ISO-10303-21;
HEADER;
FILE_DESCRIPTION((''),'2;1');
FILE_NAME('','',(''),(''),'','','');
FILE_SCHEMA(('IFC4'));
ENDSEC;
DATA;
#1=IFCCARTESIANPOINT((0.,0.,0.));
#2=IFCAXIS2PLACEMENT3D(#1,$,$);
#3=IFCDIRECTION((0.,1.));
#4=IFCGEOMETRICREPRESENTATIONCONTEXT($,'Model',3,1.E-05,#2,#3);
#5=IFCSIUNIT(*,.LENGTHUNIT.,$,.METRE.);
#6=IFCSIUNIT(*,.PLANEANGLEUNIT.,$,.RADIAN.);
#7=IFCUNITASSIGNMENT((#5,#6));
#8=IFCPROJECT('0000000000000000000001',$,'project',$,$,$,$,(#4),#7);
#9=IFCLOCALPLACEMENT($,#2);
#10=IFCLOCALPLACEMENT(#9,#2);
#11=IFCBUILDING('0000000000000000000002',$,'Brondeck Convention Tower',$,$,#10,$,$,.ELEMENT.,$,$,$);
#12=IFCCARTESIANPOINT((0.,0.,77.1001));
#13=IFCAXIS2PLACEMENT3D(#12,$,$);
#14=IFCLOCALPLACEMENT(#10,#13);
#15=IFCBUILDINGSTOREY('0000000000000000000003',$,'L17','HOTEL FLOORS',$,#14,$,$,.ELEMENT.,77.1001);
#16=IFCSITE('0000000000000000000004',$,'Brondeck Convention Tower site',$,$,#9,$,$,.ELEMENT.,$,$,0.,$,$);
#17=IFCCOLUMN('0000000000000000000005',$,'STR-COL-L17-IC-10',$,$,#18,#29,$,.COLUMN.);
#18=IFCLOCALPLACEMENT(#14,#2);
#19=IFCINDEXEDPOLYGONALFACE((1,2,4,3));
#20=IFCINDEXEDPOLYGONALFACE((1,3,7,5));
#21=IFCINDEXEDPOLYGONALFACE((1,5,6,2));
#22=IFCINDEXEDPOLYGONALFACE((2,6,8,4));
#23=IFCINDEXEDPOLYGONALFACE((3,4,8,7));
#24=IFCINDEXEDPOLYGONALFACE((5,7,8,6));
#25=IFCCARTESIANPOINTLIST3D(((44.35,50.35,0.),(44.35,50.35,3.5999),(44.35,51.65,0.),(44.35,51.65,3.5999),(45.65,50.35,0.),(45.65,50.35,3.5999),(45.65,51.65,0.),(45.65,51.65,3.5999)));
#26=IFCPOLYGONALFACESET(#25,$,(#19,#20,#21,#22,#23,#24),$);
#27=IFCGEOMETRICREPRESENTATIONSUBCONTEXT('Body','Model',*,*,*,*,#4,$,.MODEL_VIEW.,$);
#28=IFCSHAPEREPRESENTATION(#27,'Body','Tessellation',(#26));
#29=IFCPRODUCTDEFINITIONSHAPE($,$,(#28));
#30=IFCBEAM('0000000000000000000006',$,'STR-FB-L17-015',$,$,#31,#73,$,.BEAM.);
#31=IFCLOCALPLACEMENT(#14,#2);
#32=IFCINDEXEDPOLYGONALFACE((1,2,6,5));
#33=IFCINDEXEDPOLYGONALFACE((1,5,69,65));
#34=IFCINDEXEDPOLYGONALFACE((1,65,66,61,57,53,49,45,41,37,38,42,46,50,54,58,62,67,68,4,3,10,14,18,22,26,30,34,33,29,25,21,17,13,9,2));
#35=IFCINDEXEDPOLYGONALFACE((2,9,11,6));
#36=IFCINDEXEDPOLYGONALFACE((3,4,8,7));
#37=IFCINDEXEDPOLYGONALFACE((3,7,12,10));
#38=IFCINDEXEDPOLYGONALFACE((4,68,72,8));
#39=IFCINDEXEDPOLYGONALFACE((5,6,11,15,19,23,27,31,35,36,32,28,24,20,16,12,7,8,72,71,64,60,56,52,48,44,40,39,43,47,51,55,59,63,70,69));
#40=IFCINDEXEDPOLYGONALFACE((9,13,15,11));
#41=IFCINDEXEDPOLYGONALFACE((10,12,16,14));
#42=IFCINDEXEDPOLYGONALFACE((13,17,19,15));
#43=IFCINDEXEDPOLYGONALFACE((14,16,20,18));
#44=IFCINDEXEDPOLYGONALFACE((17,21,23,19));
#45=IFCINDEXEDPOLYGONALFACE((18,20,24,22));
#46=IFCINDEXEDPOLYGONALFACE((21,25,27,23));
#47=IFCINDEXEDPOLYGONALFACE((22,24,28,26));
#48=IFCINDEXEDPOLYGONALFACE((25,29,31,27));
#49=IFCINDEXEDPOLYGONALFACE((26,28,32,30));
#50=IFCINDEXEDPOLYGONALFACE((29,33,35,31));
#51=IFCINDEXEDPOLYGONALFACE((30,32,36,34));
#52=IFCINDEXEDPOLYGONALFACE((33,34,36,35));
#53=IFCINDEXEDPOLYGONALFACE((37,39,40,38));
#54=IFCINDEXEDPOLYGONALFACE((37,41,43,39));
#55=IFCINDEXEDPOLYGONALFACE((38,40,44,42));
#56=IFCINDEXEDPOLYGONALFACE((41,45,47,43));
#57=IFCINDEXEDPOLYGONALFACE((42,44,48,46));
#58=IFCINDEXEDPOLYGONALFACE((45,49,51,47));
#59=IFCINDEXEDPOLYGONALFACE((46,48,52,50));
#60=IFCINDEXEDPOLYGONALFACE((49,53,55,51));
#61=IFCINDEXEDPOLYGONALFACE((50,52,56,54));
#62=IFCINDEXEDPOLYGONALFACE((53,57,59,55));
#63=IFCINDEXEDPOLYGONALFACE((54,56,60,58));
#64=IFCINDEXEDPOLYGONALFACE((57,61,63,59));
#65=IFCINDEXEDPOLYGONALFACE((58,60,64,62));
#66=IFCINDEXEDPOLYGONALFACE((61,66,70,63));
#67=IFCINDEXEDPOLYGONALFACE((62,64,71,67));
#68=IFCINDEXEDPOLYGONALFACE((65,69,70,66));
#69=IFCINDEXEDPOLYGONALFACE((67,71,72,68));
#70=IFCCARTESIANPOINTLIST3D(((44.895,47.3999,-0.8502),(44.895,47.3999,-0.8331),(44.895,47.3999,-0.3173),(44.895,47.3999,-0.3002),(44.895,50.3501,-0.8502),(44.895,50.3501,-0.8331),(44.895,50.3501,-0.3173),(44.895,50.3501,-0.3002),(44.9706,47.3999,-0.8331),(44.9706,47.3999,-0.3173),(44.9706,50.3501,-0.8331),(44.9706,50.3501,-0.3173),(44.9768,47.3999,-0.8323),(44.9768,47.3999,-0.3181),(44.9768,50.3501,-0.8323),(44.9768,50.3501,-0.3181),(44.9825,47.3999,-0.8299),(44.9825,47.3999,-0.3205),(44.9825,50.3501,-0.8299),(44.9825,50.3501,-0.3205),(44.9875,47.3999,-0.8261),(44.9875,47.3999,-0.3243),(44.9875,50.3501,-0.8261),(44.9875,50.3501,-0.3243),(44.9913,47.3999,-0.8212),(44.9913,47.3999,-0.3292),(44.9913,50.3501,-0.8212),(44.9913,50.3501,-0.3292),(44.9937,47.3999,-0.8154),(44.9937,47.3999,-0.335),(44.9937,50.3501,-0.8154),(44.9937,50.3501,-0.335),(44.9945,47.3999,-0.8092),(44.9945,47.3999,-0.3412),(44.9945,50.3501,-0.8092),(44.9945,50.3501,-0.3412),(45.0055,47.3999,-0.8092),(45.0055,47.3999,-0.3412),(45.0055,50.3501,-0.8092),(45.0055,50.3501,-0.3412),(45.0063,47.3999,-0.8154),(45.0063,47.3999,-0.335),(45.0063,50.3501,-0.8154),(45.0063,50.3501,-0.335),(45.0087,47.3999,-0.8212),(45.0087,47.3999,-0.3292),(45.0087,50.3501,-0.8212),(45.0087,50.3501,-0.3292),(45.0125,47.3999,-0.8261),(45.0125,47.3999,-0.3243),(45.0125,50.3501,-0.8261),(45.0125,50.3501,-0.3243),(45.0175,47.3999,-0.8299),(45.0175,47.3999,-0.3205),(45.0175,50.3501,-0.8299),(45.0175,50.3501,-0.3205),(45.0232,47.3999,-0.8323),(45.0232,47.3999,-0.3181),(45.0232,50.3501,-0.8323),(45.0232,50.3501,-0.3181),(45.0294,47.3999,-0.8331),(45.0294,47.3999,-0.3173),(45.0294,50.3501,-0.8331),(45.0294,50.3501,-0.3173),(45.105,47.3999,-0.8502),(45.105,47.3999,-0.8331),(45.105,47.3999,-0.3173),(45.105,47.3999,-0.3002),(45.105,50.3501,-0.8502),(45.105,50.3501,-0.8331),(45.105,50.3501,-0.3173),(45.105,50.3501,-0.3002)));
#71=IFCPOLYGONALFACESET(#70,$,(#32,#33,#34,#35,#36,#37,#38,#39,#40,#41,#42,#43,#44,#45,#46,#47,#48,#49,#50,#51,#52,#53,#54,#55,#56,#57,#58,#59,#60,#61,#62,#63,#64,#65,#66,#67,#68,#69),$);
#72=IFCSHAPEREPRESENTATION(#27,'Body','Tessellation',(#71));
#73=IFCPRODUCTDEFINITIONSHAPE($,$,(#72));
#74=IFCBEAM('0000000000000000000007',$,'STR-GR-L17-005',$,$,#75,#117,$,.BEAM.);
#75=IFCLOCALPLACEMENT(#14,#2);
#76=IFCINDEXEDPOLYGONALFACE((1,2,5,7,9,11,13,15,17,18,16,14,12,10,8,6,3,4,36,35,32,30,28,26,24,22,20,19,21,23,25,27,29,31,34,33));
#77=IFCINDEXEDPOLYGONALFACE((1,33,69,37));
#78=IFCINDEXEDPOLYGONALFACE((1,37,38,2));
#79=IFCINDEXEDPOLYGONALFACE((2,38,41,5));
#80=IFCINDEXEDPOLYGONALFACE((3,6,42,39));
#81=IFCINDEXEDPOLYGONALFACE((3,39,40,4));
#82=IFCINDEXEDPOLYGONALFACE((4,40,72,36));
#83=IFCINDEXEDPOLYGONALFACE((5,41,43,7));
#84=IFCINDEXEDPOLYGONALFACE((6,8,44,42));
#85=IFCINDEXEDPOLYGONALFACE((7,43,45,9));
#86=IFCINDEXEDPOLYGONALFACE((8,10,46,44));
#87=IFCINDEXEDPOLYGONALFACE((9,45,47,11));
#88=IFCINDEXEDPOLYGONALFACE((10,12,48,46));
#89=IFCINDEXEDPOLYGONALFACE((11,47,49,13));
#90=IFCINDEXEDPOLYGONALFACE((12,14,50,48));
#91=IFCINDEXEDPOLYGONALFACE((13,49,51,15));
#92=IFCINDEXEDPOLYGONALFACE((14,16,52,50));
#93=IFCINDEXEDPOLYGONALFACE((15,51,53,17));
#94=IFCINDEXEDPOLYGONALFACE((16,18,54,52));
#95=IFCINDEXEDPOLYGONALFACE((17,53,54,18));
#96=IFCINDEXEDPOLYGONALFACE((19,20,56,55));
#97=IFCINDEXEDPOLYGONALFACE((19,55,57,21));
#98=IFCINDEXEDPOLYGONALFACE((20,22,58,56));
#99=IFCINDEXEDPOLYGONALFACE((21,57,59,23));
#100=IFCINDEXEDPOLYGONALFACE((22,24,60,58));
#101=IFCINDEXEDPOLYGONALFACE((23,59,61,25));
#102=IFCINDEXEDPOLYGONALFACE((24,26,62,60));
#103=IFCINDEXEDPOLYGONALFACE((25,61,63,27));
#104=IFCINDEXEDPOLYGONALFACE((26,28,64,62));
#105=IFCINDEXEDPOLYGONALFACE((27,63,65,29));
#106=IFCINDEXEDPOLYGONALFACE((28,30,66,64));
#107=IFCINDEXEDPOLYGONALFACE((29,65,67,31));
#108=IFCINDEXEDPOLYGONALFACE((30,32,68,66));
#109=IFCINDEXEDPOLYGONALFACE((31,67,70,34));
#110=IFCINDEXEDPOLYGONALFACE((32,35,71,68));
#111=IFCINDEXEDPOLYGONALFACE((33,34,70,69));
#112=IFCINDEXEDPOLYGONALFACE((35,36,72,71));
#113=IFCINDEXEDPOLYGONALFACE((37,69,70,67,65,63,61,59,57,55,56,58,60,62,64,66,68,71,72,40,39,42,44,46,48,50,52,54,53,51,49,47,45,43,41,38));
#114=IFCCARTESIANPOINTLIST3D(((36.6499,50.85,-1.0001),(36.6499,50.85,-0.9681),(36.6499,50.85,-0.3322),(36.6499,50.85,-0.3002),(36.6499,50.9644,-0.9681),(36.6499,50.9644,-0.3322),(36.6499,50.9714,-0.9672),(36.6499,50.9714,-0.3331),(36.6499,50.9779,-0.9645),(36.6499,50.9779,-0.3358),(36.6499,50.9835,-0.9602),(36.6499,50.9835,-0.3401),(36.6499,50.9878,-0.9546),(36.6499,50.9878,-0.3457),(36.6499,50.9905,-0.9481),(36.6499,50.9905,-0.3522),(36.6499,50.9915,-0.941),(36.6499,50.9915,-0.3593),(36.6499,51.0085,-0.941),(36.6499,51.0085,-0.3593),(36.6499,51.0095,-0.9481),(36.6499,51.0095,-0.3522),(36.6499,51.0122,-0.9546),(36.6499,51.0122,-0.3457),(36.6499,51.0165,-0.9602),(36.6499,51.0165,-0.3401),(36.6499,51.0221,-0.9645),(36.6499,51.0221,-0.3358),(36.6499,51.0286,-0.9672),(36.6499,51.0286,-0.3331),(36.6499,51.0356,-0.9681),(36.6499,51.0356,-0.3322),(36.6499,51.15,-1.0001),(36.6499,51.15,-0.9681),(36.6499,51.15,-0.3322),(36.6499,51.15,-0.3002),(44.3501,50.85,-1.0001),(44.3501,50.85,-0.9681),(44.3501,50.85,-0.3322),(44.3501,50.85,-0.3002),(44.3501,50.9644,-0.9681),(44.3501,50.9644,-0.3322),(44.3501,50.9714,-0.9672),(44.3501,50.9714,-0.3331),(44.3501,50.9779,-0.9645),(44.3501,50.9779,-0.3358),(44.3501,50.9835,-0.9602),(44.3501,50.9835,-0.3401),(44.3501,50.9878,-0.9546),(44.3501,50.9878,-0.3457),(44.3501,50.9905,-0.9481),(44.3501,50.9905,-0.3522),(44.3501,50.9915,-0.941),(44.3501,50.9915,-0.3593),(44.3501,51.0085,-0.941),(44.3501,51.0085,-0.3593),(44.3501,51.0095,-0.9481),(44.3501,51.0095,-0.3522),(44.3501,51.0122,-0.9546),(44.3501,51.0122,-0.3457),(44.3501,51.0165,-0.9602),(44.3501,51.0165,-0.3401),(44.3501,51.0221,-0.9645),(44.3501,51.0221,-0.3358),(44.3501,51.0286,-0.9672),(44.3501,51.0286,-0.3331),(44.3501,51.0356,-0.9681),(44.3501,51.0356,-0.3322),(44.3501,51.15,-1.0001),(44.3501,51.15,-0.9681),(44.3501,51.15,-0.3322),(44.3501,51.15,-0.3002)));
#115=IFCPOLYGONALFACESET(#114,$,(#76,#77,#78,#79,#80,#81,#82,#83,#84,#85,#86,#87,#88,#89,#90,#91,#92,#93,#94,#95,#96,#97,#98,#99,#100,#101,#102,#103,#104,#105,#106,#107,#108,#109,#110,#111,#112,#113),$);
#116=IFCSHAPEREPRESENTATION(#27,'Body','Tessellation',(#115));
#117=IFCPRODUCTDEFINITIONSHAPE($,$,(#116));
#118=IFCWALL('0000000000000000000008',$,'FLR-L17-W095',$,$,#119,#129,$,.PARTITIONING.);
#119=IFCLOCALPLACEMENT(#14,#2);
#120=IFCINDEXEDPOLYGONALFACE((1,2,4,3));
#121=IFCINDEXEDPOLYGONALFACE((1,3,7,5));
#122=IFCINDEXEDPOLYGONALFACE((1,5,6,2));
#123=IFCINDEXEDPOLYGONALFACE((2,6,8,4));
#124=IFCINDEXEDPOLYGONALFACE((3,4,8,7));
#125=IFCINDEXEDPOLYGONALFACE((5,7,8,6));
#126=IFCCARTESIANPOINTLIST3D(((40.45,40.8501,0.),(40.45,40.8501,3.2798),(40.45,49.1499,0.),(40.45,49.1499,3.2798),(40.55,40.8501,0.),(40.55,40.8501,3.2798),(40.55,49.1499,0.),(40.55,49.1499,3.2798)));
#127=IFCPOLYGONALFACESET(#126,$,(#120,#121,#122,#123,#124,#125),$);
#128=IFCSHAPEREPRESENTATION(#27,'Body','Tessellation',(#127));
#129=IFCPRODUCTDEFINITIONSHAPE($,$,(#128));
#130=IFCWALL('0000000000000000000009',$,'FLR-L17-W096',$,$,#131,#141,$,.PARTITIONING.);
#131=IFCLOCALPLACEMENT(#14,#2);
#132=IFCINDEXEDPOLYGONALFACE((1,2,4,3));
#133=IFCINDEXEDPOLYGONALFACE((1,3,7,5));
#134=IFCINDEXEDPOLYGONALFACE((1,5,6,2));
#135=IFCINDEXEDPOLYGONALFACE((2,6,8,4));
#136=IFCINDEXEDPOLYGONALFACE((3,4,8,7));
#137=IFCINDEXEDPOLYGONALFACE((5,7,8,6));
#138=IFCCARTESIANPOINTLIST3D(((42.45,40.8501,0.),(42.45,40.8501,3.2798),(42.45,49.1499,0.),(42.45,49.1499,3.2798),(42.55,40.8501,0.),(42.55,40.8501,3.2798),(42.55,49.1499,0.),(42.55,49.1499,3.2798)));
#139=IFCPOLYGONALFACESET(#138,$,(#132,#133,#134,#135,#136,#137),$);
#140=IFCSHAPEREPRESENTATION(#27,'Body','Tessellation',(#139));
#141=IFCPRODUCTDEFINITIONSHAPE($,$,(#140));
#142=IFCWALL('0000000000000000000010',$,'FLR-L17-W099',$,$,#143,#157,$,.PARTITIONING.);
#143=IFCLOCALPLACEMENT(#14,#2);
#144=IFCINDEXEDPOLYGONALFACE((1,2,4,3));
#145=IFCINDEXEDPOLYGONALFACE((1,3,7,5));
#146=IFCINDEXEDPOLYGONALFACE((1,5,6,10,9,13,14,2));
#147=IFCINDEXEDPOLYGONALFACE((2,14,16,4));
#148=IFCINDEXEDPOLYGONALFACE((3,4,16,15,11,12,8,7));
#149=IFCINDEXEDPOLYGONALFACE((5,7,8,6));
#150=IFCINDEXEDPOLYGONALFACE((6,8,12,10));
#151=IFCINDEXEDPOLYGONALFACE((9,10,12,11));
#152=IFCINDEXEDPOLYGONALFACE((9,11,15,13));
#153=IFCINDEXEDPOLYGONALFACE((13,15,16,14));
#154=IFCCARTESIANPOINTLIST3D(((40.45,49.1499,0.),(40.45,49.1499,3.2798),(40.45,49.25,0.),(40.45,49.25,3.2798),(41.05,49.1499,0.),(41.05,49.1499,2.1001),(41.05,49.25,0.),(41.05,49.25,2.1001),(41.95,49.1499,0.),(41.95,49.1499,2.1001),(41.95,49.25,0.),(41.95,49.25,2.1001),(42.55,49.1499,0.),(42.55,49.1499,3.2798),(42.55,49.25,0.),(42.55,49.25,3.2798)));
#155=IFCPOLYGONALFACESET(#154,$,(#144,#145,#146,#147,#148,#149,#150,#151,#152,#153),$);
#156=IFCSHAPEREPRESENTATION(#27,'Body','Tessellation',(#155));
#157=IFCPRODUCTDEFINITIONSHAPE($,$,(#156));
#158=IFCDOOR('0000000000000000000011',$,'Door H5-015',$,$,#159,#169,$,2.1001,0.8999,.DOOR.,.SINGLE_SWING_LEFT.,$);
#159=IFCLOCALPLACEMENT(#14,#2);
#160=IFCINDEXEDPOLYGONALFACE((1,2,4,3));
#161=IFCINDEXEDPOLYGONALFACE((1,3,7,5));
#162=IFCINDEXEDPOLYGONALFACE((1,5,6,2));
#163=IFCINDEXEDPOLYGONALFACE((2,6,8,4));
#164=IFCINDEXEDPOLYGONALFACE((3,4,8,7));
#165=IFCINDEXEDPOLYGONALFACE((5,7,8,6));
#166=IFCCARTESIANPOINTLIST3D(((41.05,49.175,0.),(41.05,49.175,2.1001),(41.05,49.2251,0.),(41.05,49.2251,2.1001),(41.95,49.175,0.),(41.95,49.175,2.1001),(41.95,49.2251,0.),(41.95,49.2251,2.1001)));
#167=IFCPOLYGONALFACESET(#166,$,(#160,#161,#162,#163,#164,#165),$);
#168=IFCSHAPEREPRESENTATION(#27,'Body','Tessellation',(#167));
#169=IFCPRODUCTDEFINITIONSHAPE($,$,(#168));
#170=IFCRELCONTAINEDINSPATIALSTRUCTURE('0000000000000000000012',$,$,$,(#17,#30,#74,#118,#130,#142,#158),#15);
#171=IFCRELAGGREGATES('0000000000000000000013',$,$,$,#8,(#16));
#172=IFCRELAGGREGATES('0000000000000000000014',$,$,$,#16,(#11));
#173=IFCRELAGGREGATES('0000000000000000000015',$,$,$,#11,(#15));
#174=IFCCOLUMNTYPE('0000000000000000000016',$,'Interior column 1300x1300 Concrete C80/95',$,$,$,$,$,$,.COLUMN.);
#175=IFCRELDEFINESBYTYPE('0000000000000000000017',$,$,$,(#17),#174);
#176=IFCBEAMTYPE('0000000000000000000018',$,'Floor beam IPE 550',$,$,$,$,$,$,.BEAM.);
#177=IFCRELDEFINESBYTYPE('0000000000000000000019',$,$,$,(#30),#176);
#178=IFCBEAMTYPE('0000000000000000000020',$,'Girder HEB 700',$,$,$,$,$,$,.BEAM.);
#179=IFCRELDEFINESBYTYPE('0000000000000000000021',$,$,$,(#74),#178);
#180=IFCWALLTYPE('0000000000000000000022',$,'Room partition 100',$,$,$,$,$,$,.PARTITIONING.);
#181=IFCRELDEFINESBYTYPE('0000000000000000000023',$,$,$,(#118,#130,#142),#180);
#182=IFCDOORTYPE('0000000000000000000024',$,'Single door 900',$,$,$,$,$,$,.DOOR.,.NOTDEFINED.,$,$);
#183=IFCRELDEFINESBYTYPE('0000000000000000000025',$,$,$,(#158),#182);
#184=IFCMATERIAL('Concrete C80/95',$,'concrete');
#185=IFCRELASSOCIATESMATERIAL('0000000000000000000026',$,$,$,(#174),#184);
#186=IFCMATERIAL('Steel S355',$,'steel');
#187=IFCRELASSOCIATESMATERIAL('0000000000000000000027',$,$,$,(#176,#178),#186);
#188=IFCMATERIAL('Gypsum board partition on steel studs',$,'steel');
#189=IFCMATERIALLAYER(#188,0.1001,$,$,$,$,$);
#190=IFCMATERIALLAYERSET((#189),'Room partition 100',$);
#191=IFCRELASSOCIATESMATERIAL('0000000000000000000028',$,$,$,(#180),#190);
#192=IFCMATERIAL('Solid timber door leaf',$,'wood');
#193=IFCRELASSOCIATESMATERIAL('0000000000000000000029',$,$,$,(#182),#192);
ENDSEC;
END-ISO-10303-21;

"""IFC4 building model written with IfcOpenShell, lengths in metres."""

from ifc_helpers import new_model, si_unit, direction, frame, frame_2d, origin, origin_2d, place, context, subcontext, project, spatial, rectangle, i_section, extrude, material, layer, layer_set, material_profile, profile_set, type_object, element, fill, save


model = new_model("IFC4")

# Units and contexts
model_context = context("Model", 3, precision=1e-05, world=origin(), true_north=direction((0.0, 1.0)))
body_context = subcontext(model_context, "Body", "Model", "MODEL_VIEW")
ifc_project = project(units=[si_unit("LENGTHUNIT", "METRE"), si_unit("PLANEANGLEUNIT", "RADIAN")], contexts=[model_context])

# Site, building, storey
site_placement = place(None, origin())
site = spatial("IfcSite", under=ifc_project, at=site_placement, Name="Brondeck Convention Tower site", CompositionType="ELEMENT", RefElevation=0.0)
building_placement = place(site_placement, origin())
building = spatial("IfcBuilding", under=site, at=building_placement, Name="Brondeck Convention Tower", CompositionType="ELEMENT")
storey_placement = place(building_placement, frame((0.0, 0.0, 77.1001)))
storey = spatial("IfcBuildingStorey", under=building, at=storey_placement, Name="L17", Description="HOTEL FLOORS", CompositionType="ELEMENT", Elevation=77.1001)

# Column
ifc_material_1 = material(Name="Concrete C80/95", Category="concrete")
ifc_material_profile_1 = material_profile(ifc_material_1, rectangle(XDim=1.3, YDim=1.3, at=origin_2d()), Name="Interior column 1300x1300 Concrete C80/95")
ifc_profile_set_1 = profile_set([ifc_material_profile_1], Name="Concrete C80/95")
column_type = type_object("IfcColumnType", Name="Interior column 1300x1300 Concrete C80/95", PredefinedType="COLUMN", material=ifc_profile_set_1)
column_placement = place(storey_placement, frame((45.0, 51.0, 0.0), z_axis=(0.0, 0.0, 1.0), x_axis=(1.0, 0.0, 0.0)))
element("IfcColumn", 1, at=column_placement, inside=storey, type_object=column_type, Name="STR-COL-L17-IC-10", PredefinedType="COLUMN", context=body_context, shape_type="SweptSolid", body=[
    extrude(rectangle(XDim=1.3, YDim=1.3, at=origin_2d()), origin(), (0.0, 0.0, 1.0), 3.5999),
])

# Beams
ifc_material_2 = material(Name="Steel S355", Category="steel")
ifc_material_profile_2 = material_profile(ifc_material_2, i_section(OverallWidth=0.21, OverallDepth=0.55, WebThickness=0.011, FlangeThickness=0.0171, FilletRadius=0.0239, at=origin_2d()), Name="IPE 550")
ifc_profile_set_2 = profile_set([ifc_material_profile_2], Name="Steel S355")
beam_type_1 = type_object("IfcBeamType", Name="Floor beam IPE 550", PredefinedType="BEAM", material=ifc_profile_set_2)
beam_1_placement = place(storey_placement, frame((45.0, 47.3999, -0.5752), z_axis=(0.0, 1.0, 0.0), x_axis=(-1.0, 0.0, 0.0)))
element("IfcBeam", 2, at=beam_1_placement, inside=storey, type_object=beam_type_1, Name="STR-FB-L17-015", PredefinedType="BEAM", context=body_context, shape_type="SweptSolid", body=[
    extrude(i_section(OverallWidth=0.21, OverallDepth=0.55, WebThickness=0.011, FlangeThickness=0.0171, FilletRadius=0.0239, at=origin_2d()), origin(), (0.0, 0.0, 1.0), 2.9502),
])
ifc_material_profile_3 = material_profile(ifc_material_2, i_section(OverallWidth=0.3, OverallDepth=0.7, WebThickness=0.0171, FlangeThickness=0.032, FilletRadius=0.0271, at=origin_2d()), Name="HEB 700")
ifc_profile_set_3 = profile_set([ifc_material_profile_3], Name="Steel S355")
beam_type_2 = type_object("IfcBeamType", Name="Girder HEB 700", PredefinedType="BEAM", material=ifc_profile_set_3)
beam_2_placement = place(storey_placement, frame((36.6499, 51.0, -0.6501), z_axis=(1.0, 0.0, 0.0), x_axis=(0.0, 1.0, 0.0)))
element("IfcBeam", 3, at=beam_2_placement, inside=storey, type_object=beam_type_2, Name="STR-GR-L17-005", PredefinedType="BEAM", context=body_context, shape_type="SweptSolid", body=[
    extrude(i_section(OverallWidth=0.3, OverallDepth=0.7, WebThickness=0.0171, FlangeThickness=0.032, FilletRadius=0.0271, at=origin_2d()), origin(), (0.0, 0.0, 1.0), 7.7002),
])

# Walls
ifc_material_3 = material(Name="Gypsum board partition on steel studs", Category="steel")
ifc_layer_1 = layer(ifc_material_3, 0.1001)
ifc_layer_set_1 = layer_set([ifc_layer_1], Name="Room partition 100")
wall_type_1 = type_object("IfcWallType", Name="Room partition 100", PredefinedType="PARTITIONING", material=ifc_layer_set_1)
for number, where, z_axis, x_axis, name in (
    (4, (40.5, 49.1499, 0.0), (0.0, 0.0, 1.0), (0.0, -1.0, 0.0), "FLR-L17-W095"),
    (5, (42.5, 49.1499, 0.0), (0.0, 0.0, 1.0), (0.0, -1.0, 0.0), "FLR-L17-W096"),
):
    element("IfcWall", number, at=place(storey_placement, frame(where, z_axis=z_axis, x_axis=x_axis)), inside=storey, type_object=wall_type_1, Name=name, PredefinedType="PARTITIONING", context=body_context, shape_type="SweptSolid", body=[
        extrude(rectangle(XDim=8.2998, YDim=0.1001, at=frame_2d((4.1499, 0.0))), origin(), (0.0, 0.0, 1.0), 3.2798),
    ])

# Wall, opening, door
wall_1_placement = place(storey_placement, frame((42.55, 49.2, 0.0), z_axis=(0.0, 0.0, 1.0), x_axis=(-1.0, 0.0, 0.0)))
wall_1 = element("IfcWall", 6, at=wall_1_placement, inside=storey, type_object=wall_type_1, Name="FLR-L17-W099", PredefinedType="PARTITIONING", context=body_context, shape_type="SweptSolid", body=[
    extrude(rectangle(XDim=2.1001, YDim=0.1001, at=frame_2d((1.05, 0.0))), origin(), (0.0, 0.0, 1.0), 3.2798),
])
opening_1_placement = place(wall_1_placement, frame((0.6001, 0.0, 0.0)))
opening_1 = element("IfcOpeningElement", 7, at=opening_1_placement, cuts=wall_1, PredefinedType="OPENING", context=body_context, shape_type="SweptSolid", body=[
    extrude(rectangle(XDim=0.8999, YDim=2.1001, at=frame_2d((0.45, 1.05))), frame((0.0, 0.0601, 0.0), z_axis=(0.0, -1.0, 0.0), x_axis=(1.0, 0.0, 0.0)), (0.0, 0.0, 1.0), 0.1201),
])
ifc_material_4 = material(Name="Solid timber door leaf", Category="wood")
door_type_1 = type_object("IfcDoorType", Name="Single door 900", OperationType="NOTDEFINED", PredefinedType="DOOR", material=ifc_material_4)
door_1_placement = place(opening_1_placement, origin())
door_1 = element("IfcDoor", 8, at=door_1_placement, inside=storey, type_object=door_type_1, Name="Door H5-015", OperationType="SINGLE_SWING_LEFT", OverallHeight=2.1001, OverallWidth=0.8999, PredefinedType="DOOR", context=body_context, shape_type="SweptSolid", body=[
    extrude(rectangle(XDim=0.8999, YDim=2.1001, at=frame_2d((0.45, 1.05))), frame((0.0, 0.0249, 0.0), z_axis=(0.0, -1.0, 0.0), x_axis=(1.0, 0.0, 0.0)), (0.0, 0.0, 1.0), 0.05),
])
fill(opening_1, door_1)

save(model, "model.ifc")
